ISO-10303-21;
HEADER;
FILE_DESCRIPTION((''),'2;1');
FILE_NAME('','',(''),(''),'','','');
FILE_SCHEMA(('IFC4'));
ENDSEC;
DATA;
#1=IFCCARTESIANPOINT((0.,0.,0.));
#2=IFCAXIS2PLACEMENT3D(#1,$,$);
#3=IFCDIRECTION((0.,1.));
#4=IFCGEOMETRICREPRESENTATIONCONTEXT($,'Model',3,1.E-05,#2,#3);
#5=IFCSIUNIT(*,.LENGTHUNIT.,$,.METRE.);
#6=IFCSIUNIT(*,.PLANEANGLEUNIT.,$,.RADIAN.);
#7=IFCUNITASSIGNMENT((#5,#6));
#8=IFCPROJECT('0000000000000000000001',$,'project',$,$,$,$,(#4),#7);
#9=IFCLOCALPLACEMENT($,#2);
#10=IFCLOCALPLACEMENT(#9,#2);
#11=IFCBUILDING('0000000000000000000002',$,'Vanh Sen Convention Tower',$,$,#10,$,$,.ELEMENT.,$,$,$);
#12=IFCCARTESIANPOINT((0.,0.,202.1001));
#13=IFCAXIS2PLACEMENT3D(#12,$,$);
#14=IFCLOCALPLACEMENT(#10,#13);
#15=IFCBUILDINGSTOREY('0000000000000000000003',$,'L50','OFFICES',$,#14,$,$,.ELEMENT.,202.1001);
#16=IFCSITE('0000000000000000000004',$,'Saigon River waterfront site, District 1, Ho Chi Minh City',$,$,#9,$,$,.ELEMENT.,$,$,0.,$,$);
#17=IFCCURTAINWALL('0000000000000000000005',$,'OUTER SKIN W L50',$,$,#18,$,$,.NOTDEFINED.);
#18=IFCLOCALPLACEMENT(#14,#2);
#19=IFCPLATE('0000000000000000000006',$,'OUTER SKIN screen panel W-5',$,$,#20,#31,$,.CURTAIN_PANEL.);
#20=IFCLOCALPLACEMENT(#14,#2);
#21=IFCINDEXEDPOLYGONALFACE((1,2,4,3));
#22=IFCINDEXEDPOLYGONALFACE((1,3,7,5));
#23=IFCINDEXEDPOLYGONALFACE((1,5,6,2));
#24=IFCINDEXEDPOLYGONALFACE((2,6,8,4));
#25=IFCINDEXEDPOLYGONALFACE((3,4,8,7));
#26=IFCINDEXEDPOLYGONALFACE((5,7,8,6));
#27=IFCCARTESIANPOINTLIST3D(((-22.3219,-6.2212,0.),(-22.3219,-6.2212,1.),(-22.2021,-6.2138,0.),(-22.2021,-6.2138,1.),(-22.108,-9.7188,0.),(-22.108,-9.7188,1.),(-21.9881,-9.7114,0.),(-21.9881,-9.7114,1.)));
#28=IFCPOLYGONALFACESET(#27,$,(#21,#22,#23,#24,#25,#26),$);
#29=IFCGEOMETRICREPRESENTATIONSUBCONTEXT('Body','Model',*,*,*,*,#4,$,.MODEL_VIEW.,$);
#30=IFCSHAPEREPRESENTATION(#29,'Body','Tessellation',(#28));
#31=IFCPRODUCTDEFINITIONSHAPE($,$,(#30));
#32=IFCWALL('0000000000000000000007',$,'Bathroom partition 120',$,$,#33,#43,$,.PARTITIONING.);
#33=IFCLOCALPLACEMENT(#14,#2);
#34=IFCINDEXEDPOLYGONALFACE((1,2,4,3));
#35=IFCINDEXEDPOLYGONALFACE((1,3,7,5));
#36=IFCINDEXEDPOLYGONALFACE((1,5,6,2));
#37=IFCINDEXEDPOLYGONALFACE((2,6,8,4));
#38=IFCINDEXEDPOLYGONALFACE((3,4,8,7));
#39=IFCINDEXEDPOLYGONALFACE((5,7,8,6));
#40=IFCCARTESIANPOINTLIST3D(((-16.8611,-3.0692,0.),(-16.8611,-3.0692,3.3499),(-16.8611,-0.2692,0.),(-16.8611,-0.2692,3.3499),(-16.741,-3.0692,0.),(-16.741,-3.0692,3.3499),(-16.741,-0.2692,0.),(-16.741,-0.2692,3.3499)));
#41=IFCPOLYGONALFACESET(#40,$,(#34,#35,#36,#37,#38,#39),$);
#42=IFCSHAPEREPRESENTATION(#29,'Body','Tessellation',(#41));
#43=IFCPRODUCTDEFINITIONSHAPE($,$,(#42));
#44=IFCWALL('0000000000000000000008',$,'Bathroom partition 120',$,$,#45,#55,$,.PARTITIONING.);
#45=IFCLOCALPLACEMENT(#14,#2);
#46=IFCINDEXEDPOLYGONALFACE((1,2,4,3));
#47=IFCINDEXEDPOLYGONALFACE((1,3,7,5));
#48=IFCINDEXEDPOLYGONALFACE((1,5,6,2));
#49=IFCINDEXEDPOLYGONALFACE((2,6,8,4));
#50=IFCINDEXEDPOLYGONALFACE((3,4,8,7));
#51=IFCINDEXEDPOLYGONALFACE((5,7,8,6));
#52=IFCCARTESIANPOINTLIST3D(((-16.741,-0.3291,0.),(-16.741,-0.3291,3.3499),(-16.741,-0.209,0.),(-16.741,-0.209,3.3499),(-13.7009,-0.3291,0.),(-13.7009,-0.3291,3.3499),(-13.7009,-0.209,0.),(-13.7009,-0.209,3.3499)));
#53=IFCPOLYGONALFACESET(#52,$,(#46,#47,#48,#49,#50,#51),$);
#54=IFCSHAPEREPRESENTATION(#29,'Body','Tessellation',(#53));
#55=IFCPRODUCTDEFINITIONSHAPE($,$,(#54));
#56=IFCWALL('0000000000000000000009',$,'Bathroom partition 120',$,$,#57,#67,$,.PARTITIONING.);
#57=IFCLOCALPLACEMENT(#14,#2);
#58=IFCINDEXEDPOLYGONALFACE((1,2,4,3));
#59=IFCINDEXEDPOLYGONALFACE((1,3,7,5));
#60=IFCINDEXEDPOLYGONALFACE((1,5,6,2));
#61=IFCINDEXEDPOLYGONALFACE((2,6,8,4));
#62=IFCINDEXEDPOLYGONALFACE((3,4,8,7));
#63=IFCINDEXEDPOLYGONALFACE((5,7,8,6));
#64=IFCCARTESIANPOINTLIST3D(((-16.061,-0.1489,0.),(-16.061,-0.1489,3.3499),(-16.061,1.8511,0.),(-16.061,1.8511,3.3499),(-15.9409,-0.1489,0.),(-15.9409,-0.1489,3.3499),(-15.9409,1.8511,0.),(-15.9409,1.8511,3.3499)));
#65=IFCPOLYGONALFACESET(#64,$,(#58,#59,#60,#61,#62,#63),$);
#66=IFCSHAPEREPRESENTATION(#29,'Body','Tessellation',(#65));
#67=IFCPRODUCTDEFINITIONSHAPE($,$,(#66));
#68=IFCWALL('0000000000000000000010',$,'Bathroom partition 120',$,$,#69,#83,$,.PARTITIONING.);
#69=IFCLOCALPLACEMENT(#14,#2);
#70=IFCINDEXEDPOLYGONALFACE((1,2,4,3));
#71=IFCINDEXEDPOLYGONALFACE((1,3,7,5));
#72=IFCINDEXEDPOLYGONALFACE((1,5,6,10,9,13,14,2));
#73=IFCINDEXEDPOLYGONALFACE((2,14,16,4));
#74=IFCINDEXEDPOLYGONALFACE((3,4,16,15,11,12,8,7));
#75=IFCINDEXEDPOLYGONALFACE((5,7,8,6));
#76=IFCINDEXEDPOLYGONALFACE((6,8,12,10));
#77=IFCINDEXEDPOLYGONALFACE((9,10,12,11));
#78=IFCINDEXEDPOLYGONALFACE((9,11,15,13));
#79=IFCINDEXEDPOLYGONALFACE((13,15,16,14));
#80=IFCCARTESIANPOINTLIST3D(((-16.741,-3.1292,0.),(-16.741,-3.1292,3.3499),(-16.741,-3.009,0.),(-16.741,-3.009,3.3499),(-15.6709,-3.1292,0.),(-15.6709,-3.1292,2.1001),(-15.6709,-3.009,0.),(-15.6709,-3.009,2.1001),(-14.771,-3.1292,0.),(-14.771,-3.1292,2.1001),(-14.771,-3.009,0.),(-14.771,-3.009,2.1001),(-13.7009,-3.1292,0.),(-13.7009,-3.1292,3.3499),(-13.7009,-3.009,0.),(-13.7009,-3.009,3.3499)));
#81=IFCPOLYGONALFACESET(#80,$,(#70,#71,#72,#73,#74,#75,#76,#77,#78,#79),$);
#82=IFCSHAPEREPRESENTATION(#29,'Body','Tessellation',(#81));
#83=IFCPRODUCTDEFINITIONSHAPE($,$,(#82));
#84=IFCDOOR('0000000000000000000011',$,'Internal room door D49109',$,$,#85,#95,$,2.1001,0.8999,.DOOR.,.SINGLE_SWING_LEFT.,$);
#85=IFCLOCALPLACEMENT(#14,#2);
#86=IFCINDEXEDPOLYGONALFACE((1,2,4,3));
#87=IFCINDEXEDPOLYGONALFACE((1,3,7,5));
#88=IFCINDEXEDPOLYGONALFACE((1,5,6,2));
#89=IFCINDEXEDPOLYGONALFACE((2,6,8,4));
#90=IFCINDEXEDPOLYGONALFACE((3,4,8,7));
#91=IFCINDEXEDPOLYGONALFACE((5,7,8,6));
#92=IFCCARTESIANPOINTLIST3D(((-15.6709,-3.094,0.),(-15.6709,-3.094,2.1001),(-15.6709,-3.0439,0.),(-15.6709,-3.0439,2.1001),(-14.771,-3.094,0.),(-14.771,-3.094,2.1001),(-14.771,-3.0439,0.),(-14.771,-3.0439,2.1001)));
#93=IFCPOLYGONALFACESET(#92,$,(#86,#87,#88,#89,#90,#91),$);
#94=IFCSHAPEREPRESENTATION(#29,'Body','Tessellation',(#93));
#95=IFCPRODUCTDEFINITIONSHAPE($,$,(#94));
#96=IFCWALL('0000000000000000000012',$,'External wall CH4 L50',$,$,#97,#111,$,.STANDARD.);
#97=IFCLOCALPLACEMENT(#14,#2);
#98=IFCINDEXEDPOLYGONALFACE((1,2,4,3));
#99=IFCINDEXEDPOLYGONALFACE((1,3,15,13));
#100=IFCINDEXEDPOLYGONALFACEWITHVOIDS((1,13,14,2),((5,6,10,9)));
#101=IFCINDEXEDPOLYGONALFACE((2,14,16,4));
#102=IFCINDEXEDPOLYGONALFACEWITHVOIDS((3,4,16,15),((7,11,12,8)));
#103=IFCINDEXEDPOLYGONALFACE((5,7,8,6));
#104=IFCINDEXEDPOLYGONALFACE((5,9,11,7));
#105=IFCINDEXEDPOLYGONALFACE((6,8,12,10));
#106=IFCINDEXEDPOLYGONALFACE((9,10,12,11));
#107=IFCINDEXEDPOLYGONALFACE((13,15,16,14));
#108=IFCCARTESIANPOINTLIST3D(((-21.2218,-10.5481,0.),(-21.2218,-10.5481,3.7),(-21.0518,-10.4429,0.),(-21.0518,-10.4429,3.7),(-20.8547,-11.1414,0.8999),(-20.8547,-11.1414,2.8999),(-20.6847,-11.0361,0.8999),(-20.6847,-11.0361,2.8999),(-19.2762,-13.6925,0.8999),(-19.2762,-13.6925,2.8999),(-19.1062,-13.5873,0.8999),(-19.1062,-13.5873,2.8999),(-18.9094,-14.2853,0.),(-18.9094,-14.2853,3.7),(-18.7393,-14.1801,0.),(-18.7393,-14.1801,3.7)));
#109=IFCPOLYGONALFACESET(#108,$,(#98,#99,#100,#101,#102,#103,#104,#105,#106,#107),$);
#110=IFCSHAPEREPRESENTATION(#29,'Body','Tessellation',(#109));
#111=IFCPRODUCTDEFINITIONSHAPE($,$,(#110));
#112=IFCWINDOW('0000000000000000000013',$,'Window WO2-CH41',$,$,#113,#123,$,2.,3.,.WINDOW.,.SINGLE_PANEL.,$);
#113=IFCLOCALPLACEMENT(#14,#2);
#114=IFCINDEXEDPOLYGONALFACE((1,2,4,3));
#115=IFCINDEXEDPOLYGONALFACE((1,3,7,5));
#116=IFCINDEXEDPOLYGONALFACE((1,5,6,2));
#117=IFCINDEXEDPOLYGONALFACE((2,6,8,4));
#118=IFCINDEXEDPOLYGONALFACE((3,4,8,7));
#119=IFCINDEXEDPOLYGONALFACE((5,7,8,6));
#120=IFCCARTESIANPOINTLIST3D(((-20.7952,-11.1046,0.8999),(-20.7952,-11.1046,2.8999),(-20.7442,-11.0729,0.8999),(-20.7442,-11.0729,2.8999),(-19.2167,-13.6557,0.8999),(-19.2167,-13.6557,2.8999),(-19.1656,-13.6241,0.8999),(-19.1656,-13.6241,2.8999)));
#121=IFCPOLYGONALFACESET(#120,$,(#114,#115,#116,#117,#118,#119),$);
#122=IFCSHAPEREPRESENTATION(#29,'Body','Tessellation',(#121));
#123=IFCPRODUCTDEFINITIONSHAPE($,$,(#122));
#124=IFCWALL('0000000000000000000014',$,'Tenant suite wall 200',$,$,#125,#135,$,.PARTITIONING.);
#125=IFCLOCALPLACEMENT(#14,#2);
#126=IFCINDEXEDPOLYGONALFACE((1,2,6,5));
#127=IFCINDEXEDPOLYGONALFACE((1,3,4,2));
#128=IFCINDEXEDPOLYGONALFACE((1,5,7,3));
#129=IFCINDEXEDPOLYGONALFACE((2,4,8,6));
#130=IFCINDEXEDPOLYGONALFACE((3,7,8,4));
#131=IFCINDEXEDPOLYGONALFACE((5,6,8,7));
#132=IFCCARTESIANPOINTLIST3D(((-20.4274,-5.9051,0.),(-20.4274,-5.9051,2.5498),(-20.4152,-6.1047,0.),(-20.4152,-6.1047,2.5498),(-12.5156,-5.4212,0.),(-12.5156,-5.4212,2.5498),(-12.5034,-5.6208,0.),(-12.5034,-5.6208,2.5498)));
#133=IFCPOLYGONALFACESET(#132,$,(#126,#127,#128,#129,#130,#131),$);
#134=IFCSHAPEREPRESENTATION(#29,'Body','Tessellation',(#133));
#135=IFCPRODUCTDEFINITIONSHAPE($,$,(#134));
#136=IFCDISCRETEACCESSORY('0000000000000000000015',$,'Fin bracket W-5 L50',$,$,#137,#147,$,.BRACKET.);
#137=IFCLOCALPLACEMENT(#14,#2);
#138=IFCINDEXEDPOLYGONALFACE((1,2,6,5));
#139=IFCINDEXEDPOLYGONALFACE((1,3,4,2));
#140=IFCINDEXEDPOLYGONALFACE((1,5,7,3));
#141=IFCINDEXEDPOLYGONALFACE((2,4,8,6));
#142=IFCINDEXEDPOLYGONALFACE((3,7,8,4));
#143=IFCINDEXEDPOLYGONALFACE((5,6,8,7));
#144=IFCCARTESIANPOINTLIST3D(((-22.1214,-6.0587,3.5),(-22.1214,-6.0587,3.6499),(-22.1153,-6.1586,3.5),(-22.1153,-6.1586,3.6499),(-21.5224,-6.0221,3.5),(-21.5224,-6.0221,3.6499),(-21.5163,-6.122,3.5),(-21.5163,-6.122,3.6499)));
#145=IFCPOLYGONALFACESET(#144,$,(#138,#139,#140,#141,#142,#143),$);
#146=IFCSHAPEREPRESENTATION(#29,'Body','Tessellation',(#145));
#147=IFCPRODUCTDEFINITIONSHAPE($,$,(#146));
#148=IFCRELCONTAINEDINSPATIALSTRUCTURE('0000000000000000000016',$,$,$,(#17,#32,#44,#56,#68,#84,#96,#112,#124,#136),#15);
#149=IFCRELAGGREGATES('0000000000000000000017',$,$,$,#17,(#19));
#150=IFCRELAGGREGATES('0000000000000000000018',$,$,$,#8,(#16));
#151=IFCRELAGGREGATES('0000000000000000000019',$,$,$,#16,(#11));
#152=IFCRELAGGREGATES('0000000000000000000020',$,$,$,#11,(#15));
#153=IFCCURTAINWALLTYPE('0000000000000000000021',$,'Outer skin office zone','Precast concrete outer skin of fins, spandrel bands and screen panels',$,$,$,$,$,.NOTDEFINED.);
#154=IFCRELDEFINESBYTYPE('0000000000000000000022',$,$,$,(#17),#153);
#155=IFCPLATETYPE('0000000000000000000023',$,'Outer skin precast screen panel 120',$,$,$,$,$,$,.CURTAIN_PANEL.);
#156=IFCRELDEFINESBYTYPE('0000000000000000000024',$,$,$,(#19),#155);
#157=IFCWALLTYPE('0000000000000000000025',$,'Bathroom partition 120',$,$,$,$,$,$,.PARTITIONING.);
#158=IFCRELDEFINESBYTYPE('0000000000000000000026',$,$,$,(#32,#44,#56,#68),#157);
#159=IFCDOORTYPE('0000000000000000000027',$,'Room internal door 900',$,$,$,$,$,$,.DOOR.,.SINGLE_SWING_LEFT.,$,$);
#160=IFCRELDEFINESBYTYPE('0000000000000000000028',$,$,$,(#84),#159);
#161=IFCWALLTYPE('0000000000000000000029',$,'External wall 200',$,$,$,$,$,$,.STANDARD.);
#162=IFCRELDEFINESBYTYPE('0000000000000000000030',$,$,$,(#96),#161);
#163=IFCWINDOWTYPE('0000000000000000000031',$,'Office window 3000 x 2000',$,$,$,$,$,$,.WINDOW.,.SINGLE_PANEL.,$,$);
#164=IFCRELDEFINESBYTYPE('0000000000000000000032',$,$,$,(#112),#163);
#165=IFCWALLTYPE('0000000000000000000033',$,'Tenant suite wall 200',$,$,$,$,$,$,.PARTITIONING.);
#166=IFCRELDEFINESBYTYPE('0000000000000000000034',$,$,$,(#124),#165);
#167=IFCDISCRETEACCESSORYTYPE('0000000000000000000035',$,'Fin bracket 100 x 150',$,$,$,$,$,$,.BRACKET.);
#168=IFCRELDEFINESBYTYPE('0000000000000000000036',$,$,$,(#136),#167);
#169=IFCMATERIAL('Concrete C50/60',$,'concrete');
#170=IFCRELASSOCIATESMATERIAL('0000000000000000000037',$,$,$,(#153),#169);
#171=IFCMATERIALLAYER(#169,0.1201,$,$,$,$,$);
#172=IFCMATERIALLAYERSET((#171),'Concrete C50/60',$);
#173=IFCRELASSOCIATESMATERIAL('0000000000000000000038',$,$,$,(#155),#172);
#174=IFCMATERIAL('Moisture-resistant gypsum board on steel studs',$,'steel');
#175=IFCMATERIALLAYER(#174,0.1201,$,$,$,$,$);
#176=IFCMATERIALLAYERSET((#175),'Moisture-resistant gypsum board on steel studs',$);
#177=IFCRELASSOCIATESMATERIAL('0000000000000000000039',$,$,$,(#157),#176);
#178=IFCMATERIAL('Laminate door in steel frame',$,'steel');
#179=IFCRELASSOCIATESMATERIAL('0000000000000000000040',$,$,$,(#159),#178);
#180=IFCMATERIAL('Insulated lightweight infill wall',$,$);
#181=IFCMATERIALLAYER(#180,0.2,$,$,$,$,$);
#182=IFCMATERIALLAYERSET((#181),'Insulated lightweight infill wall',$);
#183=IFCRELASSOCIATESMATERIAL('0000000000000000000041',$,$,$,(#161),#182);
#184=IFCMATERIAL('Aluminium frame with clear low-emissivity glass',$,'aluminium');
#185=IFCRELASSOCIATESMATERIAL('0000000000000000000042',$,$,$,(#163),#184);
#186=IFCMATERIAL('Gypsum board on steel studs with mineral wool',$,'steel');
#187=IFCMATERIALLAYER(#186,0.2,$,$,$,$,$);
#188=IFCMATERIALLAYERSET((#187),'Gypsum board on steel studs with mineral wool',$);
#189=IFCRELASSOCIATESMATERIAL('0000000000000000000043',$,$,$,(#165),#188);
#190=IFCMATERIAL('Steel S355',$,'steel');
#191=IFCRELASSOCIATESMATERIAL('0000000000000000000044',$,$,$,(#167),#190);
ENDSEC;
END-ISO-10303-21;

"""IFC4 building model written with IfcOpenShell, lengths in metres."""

from ifc_helpers import new_model, si_unit, direction, frame, frame_2d, origin, origin_2d, place, context, subcontext, project, spatial, rectangle, extrude, material, layer, layer_set, type_object, element, fill, aggregate, save


model = new_model("IFC4")

# Units and contexts
model_context = context("Model", 3, precision=1e-05, world=origin(), true_north=direction((0.0, 1.0)))
body_context = subcontext(model_context, "Body", "Model", "MODEL_VIEW")
ifc_project = project(units=[si_unit("LENGTHUNIT", "METRE"), si_unit("PLANEANGLEUNIT", "RADIAN")], contexts=[model_context])

# Site, building, storey
site_placement = place(None, origin())
site = spatial("IfcSite", under=ifc_project, at=site_placement, Name="Saigon River waterfront site, District 1, Ho Chi Minh City", CompositionType="ELEMENT", RefElevation=0.0)
building_placement = place(site_placement, origin())
building = spatial("IfcBuilding", under=site, at=building_placement, Name="Vanh Sen Convention Tower", CompositionType="ELEMENT")
storey_placement = place(building_placement, frame((0.0, 0.0, 202.1001)))
storey = spatial("IfcBuildingStorey", under=building, at=storey_placement, Name="L50", Description="OFFICES", CompositionType="ELEMENT", Elevation=202.1001)

# Curtain wall
ifc_material_1 = material(Name="Concrete C50/60", Category="concrete")
curtain_wall_type = type_object("IfcCurtainWallType", Name="Outer skin office zone", Description="Precast concrete outer skin of fins, spandrel bands and screen panels", PredefinedType="NOTDEFINED", material=ifc_material_1)
curtain_wall_1_placement = place(storey_placement, origin())
curtain_wall_1 = element("IfcCurtainWall", 1, at=curtain_wall_1_placement, inside=storey, type_object=curtain_wall_type, Name="OUTER SKIN W L50", PredefinedType="NOTDEFINED")

# Plate
ifc_layer_1 = layer(ifc_material_1, 0.1201)
ifc_layer_set_1 = layer_set([ifc_layer_1], Name="Concrete C50/60")
plate_type = type_object("IfcPlateType", Name="Outer skin precast screen panel 120", PredefinedType="CURTAIN_PANEL", material=ifc_layer_set_1)
plate_1_placement = place(storey_placement, frame((-22.155, -7.9663, 0.0), z_axis=(0.0, 0.0, 1.0), x_axis=(0.061054, -0.998134, 0.0)))
plate_1 = element("IfcPlate", 2, at=plate_1_placement, type_object=plate_type, Name="OUTER SKIN screen panel W-5", PredefinedType="CURTAIN_PANEL", context=body_context, shape_type="SweptSolid", body=[
    extrude(rectangle(XDim=3.5042, YDim=0.1201, at=origin_2d()), origin(), (0.0, 0.0, 1.0), 1.0),
])
aggregate(curtain_wall_1, [plate_1])

# Walls
ifc_material_2 = material(Name="Moisture-resistant gypsum board on steel studs", Category="steel")
ifc_layer_2 = layer(ifc_material_2, 0.1201)
ifc_layer_set_2 = layer_set([ifc_layer_2], Name="Moisture-resistant gypsum board on steel studs")
wall_type_1 = type_object("IfcWallType", Name="Bathroom partition 120", PredefinedType="PARTITIONING", material=ifc_layer_set_2)
wall_1_placement = place(storey_placement, frame((-16.801, -3.0691, 0.0), z_axis=(0.0, 0.0, 1.0), x_axis=(0.0, 1.0, 0.0)))
element("IfcWall", 3, at=wall_1_placement, inside=storey, type_object=wall_type_1, Name="Bathroom partition 120", PredefinedType="PARTITIONING", context=body_context, shape_type="SweptSolid", body=[
    extrude(rectangle(XDim=2.8, YDim=0.1201, at=frame_2d((1.3999, 0.0))), origin(), (0.0, 0.0, 1.0), 3.3499),
])
wall_2_placement = place(storey_placement, frame((-16.741, -0.269, 0.0), z_axis=(0.0, 0.0, 1.0), x_axis=(1.0, 0.0, 0.0)))
element("IfcWall", 4, at=wall_2_placement, inside=storey, type_object=wall_type_1, Name="Bathroom partition 120", PredefinedType="PARTITIONING", context=body_context, shape_type="SweptSolid", body=[
    extrude(rectangle(XDim=3.04, YDim=0.1201, at=frame_2d((1.52, 0.0))), origin(), (0.0, 0.0, 1.0), 3.3499),
])
wall_3_placement = place(storey_placement, frame((-16.001, -0.1489, 0.0), z_axis=(0.0, 0.0, 1.0), x_axis=(0.0, 1.0, 0.0)))
element("IfcWall", 5, at=wall_3_placement, inside=storey, type_object=wall_type_1, Name="Bathroom partition 120", PredefinedType="PARTITIONING", context=body_context, shape_type="SweptSolid", body=[
    extrude(rectangle(XDim=2.0, YDim=0.1201, at=frame_2d((1.0, 0.0))), origin(), (0.0, 0.0, 1.0), 3.3499),
])

# Wall, opening, door
wall_4_placement = place(storey_placement, frame((-13.7009, -3.0691, 0.0), z_axis=(0.0, 0.0, 1.0), x_axis=(-1.0, 0.0, 0.0)))
wall_4 = element("IfcWall", 6, at=wall_4_placement, inside=storey, type_object=wall_type_1, Name="Bathroom partition 120", PredefinedType="PARTITIONING", context=body_context, shape_type="SweptSolid", body=[
    extrude(rectangle(XDim=3.04, YDim=0.1201, at=frame_2d((1.52, 0.0))), origin(), (0.0, 0.0, 1.0), 3.3499),
])
opening_1_placement = place(wall_4_placement, frame((1.0701, 0.0, 0.0)))
opening_1 = element("IfcOpeningElement", 7, at=opening_1_placement, cuts=wall_4, PredefinedType="OPENING", context=body_context, shape_type="SweptSolid", body=[
    extrude(rectangle(XDim=0.8999, YDim=2.1001, at=frame_2d((0.45, 1.05))), frame((0.0, 0.0701, 0.0), z_axis=(0.0, -1.0, 0.0), x_axis=(1.0, 0.0, 0.0)), (0.0, 0.0, 1.0), 0.1401),
])
ifc_material_3 = material(Name="Laminate door in steel frame", Category="steel")
door_type = type_object("IfcDoorType", Name="Room internal door 900", OperationType="SINGLE_SWING_LEFT", PredefinedType="DOOR", material=ifc_material_3)
door_placement = place(opening_1_placement, origin())
door = element("IfcDoor", 8, at=door_placement, inside=storey, type_object=door_type, Name="Internal room door D49109", OperationType="SINGLE_SWING_LEFT", OverallHeight=2.1001, OverallWidth=0.8999, PredefinedType="DOOR", context=body_context, shape_type="SweptSolid", body=[
    extrude(rectangle(XDim=0.8999, YDim=2.1001, at=frame_2d((0.45, 1.05))), frame((0.0, 0.0249, 0.0), z_axis=(0.0, -1.0, 0.0), x_axis=(1.0, 0.0, 0.0)), (0.0, 0.0, 1.0), 0.05),
])
fill(opening_1, door)

# Wall, opening, window
ifc_material_4 = material(Name="Insulated lightweight infill wall")
ifc_layer_3 = layer(ifc_material_4, 0.2)
ifc_layer_set_3 = layer_set([ifc_layer_3], Name="Insulated lightweight infill wall")
wall_type_2 = type_object("IfcWallType", Name="External wall 200", PredefinedType="STANDARD", material=ifc_layer_set_3)
wall_5_placement = place(storey_placement, frame((-21.1367, -10.4956, 0.0), z_axis=(0.0, 0.0, 1.0), x_axis=(0.526179, -0.850374, 0.0)))
wall_5 = element("IfcWall", 9, at=wall_5_placement, inside=storey, type_object=wall_type_2, Name="External wall CH4 L50", PredefinedType="STANDARD", context=body_context, shape_type="SweptSolid", body=[
    extrude(rectangle(XDim=4.3948, YDim=0.2, at=frame_2d((2.1973, 0.0))), origin(), (0.0, 0.0, 1.0), 3.7),
])
opening_2_placement = place(wall_5_placement, frame((0.6975, 0.0, 0.8999)))
opening_2 = element("IfcOpeningElement", 10, at=opening_2_placement, cuts=wall_5, PredefinedType="OPENING", context=body_context, shape_type="SweptSolid", body=[
    extrude(rectangle(XDim=3.0, YDim=2.0, at=frame_2d((1.5, 1.0))), frame((0.0, 0.1099, 0.0), z_axis=(0.0, -1.0, 0.0), x_axis=(1.0, 0.0, 0.0)), (0.0, 0.0, 1.0), 0.22),
])
ifc_material_5 = material(Name="Aluminium frame with clear low-emissivity glass", Category="aluminium")
window_type = type_object("IfcWindowType", Name="Office window 3000 x 2000", PartitioningType="SINGLE_PANEL", PredefinedType="WINDOW", material=ifc_material_5)
window_placement = place(opening_2_placement, origin())
window = element("IfcWindow", 11, at=window_placement, inside=storey, type_object=window_type, Name="Window WO2-CH41", OverallHeight=2.0, OverallWidth=3.0, PartitioningType="SINGLE_PANEL", PredefinedType="WINDOW", context=body_context, shape_type="SweptSolid", body=[
    extrude(rectangle(XDim=3.0, YDim=2.0, at=frame_2d((1.5, 1.0))), frame((0.0, 0.03, 0.0), z_axis=(0.0, -1.0, 0.0), x_axis=(1.0, 0.0, 0.0)), (0.0, 0.0, 1.0), 0.0601),
])
fill(opening_2, window)

# Wall
ifc_material_6 = material(Name="Gypsum board on steel studs with mineral wool", Category="steel")
ifc_layer_4 = layer(ifc_material_6, 0.2)
ifc_layer_set_4 = layer_set([ifc_layer_4], Name="Gypsum board on steel studs with mineral wool")
wall_type_3 = type_object("IfcWallType", Name="Tenant suite wall 200", PredefinedType="PARTITIONING", material=ifc_layer_set_4)
wall_6_placement = place(storey_placement, frame((-20.4214, -6.0049, 0.0), z_axis=(0.0, 0.0, 1.0), x_axis=(0.998135, 0.061047, 0.0)))
element("IfcWall", 12, at=wall_6_placement, inside=storey, type_object=wall_type_3, Name="Tenant suite wall 200", PredefinedType="PARTITIONING", context=body_context, shape_type="SweptSolid", body=[
    extrude(rectangle(XDim=7.9265, YDim=0.2, at=frame_2d((3.9634, 0.0))), origin(), (0.0, 0.0, 1.0), 2.5498),
])

# Discrete accessory
ifc_material_7 = material(Name="Steel S355", Category="steel")
discrete_accessory_type = type_object("IfcDiscreteAccessoryType", Name="Fin bracket 100 x 150", PredefinedType="BRACKET", material=ifc_material_7)
discrete_accessory_placement = place(storey_placement, frame((-21.8188, -6.0903, 3.5), z_axis=(0.0, 0.0, 1.0), x_axis=(-0.998135, -0.061049, 0.0)))
element("IfcDiscreteAccessory", 13, at=discrete_accessory_placement, inside=storey, type_object=discrete_accessory_type, Name="Fin bracket W-5 L50", PredefinedType="BRACKET", context=body_context, shape_type="SweptSolid", body=[
    extrude(rectangle(XDim=0.6001, YDim=0.1001, at=origin_2d()), origin(), (0.0, 0.0, 1.0), 0.1499),
])

save(model, "model.ifc")
